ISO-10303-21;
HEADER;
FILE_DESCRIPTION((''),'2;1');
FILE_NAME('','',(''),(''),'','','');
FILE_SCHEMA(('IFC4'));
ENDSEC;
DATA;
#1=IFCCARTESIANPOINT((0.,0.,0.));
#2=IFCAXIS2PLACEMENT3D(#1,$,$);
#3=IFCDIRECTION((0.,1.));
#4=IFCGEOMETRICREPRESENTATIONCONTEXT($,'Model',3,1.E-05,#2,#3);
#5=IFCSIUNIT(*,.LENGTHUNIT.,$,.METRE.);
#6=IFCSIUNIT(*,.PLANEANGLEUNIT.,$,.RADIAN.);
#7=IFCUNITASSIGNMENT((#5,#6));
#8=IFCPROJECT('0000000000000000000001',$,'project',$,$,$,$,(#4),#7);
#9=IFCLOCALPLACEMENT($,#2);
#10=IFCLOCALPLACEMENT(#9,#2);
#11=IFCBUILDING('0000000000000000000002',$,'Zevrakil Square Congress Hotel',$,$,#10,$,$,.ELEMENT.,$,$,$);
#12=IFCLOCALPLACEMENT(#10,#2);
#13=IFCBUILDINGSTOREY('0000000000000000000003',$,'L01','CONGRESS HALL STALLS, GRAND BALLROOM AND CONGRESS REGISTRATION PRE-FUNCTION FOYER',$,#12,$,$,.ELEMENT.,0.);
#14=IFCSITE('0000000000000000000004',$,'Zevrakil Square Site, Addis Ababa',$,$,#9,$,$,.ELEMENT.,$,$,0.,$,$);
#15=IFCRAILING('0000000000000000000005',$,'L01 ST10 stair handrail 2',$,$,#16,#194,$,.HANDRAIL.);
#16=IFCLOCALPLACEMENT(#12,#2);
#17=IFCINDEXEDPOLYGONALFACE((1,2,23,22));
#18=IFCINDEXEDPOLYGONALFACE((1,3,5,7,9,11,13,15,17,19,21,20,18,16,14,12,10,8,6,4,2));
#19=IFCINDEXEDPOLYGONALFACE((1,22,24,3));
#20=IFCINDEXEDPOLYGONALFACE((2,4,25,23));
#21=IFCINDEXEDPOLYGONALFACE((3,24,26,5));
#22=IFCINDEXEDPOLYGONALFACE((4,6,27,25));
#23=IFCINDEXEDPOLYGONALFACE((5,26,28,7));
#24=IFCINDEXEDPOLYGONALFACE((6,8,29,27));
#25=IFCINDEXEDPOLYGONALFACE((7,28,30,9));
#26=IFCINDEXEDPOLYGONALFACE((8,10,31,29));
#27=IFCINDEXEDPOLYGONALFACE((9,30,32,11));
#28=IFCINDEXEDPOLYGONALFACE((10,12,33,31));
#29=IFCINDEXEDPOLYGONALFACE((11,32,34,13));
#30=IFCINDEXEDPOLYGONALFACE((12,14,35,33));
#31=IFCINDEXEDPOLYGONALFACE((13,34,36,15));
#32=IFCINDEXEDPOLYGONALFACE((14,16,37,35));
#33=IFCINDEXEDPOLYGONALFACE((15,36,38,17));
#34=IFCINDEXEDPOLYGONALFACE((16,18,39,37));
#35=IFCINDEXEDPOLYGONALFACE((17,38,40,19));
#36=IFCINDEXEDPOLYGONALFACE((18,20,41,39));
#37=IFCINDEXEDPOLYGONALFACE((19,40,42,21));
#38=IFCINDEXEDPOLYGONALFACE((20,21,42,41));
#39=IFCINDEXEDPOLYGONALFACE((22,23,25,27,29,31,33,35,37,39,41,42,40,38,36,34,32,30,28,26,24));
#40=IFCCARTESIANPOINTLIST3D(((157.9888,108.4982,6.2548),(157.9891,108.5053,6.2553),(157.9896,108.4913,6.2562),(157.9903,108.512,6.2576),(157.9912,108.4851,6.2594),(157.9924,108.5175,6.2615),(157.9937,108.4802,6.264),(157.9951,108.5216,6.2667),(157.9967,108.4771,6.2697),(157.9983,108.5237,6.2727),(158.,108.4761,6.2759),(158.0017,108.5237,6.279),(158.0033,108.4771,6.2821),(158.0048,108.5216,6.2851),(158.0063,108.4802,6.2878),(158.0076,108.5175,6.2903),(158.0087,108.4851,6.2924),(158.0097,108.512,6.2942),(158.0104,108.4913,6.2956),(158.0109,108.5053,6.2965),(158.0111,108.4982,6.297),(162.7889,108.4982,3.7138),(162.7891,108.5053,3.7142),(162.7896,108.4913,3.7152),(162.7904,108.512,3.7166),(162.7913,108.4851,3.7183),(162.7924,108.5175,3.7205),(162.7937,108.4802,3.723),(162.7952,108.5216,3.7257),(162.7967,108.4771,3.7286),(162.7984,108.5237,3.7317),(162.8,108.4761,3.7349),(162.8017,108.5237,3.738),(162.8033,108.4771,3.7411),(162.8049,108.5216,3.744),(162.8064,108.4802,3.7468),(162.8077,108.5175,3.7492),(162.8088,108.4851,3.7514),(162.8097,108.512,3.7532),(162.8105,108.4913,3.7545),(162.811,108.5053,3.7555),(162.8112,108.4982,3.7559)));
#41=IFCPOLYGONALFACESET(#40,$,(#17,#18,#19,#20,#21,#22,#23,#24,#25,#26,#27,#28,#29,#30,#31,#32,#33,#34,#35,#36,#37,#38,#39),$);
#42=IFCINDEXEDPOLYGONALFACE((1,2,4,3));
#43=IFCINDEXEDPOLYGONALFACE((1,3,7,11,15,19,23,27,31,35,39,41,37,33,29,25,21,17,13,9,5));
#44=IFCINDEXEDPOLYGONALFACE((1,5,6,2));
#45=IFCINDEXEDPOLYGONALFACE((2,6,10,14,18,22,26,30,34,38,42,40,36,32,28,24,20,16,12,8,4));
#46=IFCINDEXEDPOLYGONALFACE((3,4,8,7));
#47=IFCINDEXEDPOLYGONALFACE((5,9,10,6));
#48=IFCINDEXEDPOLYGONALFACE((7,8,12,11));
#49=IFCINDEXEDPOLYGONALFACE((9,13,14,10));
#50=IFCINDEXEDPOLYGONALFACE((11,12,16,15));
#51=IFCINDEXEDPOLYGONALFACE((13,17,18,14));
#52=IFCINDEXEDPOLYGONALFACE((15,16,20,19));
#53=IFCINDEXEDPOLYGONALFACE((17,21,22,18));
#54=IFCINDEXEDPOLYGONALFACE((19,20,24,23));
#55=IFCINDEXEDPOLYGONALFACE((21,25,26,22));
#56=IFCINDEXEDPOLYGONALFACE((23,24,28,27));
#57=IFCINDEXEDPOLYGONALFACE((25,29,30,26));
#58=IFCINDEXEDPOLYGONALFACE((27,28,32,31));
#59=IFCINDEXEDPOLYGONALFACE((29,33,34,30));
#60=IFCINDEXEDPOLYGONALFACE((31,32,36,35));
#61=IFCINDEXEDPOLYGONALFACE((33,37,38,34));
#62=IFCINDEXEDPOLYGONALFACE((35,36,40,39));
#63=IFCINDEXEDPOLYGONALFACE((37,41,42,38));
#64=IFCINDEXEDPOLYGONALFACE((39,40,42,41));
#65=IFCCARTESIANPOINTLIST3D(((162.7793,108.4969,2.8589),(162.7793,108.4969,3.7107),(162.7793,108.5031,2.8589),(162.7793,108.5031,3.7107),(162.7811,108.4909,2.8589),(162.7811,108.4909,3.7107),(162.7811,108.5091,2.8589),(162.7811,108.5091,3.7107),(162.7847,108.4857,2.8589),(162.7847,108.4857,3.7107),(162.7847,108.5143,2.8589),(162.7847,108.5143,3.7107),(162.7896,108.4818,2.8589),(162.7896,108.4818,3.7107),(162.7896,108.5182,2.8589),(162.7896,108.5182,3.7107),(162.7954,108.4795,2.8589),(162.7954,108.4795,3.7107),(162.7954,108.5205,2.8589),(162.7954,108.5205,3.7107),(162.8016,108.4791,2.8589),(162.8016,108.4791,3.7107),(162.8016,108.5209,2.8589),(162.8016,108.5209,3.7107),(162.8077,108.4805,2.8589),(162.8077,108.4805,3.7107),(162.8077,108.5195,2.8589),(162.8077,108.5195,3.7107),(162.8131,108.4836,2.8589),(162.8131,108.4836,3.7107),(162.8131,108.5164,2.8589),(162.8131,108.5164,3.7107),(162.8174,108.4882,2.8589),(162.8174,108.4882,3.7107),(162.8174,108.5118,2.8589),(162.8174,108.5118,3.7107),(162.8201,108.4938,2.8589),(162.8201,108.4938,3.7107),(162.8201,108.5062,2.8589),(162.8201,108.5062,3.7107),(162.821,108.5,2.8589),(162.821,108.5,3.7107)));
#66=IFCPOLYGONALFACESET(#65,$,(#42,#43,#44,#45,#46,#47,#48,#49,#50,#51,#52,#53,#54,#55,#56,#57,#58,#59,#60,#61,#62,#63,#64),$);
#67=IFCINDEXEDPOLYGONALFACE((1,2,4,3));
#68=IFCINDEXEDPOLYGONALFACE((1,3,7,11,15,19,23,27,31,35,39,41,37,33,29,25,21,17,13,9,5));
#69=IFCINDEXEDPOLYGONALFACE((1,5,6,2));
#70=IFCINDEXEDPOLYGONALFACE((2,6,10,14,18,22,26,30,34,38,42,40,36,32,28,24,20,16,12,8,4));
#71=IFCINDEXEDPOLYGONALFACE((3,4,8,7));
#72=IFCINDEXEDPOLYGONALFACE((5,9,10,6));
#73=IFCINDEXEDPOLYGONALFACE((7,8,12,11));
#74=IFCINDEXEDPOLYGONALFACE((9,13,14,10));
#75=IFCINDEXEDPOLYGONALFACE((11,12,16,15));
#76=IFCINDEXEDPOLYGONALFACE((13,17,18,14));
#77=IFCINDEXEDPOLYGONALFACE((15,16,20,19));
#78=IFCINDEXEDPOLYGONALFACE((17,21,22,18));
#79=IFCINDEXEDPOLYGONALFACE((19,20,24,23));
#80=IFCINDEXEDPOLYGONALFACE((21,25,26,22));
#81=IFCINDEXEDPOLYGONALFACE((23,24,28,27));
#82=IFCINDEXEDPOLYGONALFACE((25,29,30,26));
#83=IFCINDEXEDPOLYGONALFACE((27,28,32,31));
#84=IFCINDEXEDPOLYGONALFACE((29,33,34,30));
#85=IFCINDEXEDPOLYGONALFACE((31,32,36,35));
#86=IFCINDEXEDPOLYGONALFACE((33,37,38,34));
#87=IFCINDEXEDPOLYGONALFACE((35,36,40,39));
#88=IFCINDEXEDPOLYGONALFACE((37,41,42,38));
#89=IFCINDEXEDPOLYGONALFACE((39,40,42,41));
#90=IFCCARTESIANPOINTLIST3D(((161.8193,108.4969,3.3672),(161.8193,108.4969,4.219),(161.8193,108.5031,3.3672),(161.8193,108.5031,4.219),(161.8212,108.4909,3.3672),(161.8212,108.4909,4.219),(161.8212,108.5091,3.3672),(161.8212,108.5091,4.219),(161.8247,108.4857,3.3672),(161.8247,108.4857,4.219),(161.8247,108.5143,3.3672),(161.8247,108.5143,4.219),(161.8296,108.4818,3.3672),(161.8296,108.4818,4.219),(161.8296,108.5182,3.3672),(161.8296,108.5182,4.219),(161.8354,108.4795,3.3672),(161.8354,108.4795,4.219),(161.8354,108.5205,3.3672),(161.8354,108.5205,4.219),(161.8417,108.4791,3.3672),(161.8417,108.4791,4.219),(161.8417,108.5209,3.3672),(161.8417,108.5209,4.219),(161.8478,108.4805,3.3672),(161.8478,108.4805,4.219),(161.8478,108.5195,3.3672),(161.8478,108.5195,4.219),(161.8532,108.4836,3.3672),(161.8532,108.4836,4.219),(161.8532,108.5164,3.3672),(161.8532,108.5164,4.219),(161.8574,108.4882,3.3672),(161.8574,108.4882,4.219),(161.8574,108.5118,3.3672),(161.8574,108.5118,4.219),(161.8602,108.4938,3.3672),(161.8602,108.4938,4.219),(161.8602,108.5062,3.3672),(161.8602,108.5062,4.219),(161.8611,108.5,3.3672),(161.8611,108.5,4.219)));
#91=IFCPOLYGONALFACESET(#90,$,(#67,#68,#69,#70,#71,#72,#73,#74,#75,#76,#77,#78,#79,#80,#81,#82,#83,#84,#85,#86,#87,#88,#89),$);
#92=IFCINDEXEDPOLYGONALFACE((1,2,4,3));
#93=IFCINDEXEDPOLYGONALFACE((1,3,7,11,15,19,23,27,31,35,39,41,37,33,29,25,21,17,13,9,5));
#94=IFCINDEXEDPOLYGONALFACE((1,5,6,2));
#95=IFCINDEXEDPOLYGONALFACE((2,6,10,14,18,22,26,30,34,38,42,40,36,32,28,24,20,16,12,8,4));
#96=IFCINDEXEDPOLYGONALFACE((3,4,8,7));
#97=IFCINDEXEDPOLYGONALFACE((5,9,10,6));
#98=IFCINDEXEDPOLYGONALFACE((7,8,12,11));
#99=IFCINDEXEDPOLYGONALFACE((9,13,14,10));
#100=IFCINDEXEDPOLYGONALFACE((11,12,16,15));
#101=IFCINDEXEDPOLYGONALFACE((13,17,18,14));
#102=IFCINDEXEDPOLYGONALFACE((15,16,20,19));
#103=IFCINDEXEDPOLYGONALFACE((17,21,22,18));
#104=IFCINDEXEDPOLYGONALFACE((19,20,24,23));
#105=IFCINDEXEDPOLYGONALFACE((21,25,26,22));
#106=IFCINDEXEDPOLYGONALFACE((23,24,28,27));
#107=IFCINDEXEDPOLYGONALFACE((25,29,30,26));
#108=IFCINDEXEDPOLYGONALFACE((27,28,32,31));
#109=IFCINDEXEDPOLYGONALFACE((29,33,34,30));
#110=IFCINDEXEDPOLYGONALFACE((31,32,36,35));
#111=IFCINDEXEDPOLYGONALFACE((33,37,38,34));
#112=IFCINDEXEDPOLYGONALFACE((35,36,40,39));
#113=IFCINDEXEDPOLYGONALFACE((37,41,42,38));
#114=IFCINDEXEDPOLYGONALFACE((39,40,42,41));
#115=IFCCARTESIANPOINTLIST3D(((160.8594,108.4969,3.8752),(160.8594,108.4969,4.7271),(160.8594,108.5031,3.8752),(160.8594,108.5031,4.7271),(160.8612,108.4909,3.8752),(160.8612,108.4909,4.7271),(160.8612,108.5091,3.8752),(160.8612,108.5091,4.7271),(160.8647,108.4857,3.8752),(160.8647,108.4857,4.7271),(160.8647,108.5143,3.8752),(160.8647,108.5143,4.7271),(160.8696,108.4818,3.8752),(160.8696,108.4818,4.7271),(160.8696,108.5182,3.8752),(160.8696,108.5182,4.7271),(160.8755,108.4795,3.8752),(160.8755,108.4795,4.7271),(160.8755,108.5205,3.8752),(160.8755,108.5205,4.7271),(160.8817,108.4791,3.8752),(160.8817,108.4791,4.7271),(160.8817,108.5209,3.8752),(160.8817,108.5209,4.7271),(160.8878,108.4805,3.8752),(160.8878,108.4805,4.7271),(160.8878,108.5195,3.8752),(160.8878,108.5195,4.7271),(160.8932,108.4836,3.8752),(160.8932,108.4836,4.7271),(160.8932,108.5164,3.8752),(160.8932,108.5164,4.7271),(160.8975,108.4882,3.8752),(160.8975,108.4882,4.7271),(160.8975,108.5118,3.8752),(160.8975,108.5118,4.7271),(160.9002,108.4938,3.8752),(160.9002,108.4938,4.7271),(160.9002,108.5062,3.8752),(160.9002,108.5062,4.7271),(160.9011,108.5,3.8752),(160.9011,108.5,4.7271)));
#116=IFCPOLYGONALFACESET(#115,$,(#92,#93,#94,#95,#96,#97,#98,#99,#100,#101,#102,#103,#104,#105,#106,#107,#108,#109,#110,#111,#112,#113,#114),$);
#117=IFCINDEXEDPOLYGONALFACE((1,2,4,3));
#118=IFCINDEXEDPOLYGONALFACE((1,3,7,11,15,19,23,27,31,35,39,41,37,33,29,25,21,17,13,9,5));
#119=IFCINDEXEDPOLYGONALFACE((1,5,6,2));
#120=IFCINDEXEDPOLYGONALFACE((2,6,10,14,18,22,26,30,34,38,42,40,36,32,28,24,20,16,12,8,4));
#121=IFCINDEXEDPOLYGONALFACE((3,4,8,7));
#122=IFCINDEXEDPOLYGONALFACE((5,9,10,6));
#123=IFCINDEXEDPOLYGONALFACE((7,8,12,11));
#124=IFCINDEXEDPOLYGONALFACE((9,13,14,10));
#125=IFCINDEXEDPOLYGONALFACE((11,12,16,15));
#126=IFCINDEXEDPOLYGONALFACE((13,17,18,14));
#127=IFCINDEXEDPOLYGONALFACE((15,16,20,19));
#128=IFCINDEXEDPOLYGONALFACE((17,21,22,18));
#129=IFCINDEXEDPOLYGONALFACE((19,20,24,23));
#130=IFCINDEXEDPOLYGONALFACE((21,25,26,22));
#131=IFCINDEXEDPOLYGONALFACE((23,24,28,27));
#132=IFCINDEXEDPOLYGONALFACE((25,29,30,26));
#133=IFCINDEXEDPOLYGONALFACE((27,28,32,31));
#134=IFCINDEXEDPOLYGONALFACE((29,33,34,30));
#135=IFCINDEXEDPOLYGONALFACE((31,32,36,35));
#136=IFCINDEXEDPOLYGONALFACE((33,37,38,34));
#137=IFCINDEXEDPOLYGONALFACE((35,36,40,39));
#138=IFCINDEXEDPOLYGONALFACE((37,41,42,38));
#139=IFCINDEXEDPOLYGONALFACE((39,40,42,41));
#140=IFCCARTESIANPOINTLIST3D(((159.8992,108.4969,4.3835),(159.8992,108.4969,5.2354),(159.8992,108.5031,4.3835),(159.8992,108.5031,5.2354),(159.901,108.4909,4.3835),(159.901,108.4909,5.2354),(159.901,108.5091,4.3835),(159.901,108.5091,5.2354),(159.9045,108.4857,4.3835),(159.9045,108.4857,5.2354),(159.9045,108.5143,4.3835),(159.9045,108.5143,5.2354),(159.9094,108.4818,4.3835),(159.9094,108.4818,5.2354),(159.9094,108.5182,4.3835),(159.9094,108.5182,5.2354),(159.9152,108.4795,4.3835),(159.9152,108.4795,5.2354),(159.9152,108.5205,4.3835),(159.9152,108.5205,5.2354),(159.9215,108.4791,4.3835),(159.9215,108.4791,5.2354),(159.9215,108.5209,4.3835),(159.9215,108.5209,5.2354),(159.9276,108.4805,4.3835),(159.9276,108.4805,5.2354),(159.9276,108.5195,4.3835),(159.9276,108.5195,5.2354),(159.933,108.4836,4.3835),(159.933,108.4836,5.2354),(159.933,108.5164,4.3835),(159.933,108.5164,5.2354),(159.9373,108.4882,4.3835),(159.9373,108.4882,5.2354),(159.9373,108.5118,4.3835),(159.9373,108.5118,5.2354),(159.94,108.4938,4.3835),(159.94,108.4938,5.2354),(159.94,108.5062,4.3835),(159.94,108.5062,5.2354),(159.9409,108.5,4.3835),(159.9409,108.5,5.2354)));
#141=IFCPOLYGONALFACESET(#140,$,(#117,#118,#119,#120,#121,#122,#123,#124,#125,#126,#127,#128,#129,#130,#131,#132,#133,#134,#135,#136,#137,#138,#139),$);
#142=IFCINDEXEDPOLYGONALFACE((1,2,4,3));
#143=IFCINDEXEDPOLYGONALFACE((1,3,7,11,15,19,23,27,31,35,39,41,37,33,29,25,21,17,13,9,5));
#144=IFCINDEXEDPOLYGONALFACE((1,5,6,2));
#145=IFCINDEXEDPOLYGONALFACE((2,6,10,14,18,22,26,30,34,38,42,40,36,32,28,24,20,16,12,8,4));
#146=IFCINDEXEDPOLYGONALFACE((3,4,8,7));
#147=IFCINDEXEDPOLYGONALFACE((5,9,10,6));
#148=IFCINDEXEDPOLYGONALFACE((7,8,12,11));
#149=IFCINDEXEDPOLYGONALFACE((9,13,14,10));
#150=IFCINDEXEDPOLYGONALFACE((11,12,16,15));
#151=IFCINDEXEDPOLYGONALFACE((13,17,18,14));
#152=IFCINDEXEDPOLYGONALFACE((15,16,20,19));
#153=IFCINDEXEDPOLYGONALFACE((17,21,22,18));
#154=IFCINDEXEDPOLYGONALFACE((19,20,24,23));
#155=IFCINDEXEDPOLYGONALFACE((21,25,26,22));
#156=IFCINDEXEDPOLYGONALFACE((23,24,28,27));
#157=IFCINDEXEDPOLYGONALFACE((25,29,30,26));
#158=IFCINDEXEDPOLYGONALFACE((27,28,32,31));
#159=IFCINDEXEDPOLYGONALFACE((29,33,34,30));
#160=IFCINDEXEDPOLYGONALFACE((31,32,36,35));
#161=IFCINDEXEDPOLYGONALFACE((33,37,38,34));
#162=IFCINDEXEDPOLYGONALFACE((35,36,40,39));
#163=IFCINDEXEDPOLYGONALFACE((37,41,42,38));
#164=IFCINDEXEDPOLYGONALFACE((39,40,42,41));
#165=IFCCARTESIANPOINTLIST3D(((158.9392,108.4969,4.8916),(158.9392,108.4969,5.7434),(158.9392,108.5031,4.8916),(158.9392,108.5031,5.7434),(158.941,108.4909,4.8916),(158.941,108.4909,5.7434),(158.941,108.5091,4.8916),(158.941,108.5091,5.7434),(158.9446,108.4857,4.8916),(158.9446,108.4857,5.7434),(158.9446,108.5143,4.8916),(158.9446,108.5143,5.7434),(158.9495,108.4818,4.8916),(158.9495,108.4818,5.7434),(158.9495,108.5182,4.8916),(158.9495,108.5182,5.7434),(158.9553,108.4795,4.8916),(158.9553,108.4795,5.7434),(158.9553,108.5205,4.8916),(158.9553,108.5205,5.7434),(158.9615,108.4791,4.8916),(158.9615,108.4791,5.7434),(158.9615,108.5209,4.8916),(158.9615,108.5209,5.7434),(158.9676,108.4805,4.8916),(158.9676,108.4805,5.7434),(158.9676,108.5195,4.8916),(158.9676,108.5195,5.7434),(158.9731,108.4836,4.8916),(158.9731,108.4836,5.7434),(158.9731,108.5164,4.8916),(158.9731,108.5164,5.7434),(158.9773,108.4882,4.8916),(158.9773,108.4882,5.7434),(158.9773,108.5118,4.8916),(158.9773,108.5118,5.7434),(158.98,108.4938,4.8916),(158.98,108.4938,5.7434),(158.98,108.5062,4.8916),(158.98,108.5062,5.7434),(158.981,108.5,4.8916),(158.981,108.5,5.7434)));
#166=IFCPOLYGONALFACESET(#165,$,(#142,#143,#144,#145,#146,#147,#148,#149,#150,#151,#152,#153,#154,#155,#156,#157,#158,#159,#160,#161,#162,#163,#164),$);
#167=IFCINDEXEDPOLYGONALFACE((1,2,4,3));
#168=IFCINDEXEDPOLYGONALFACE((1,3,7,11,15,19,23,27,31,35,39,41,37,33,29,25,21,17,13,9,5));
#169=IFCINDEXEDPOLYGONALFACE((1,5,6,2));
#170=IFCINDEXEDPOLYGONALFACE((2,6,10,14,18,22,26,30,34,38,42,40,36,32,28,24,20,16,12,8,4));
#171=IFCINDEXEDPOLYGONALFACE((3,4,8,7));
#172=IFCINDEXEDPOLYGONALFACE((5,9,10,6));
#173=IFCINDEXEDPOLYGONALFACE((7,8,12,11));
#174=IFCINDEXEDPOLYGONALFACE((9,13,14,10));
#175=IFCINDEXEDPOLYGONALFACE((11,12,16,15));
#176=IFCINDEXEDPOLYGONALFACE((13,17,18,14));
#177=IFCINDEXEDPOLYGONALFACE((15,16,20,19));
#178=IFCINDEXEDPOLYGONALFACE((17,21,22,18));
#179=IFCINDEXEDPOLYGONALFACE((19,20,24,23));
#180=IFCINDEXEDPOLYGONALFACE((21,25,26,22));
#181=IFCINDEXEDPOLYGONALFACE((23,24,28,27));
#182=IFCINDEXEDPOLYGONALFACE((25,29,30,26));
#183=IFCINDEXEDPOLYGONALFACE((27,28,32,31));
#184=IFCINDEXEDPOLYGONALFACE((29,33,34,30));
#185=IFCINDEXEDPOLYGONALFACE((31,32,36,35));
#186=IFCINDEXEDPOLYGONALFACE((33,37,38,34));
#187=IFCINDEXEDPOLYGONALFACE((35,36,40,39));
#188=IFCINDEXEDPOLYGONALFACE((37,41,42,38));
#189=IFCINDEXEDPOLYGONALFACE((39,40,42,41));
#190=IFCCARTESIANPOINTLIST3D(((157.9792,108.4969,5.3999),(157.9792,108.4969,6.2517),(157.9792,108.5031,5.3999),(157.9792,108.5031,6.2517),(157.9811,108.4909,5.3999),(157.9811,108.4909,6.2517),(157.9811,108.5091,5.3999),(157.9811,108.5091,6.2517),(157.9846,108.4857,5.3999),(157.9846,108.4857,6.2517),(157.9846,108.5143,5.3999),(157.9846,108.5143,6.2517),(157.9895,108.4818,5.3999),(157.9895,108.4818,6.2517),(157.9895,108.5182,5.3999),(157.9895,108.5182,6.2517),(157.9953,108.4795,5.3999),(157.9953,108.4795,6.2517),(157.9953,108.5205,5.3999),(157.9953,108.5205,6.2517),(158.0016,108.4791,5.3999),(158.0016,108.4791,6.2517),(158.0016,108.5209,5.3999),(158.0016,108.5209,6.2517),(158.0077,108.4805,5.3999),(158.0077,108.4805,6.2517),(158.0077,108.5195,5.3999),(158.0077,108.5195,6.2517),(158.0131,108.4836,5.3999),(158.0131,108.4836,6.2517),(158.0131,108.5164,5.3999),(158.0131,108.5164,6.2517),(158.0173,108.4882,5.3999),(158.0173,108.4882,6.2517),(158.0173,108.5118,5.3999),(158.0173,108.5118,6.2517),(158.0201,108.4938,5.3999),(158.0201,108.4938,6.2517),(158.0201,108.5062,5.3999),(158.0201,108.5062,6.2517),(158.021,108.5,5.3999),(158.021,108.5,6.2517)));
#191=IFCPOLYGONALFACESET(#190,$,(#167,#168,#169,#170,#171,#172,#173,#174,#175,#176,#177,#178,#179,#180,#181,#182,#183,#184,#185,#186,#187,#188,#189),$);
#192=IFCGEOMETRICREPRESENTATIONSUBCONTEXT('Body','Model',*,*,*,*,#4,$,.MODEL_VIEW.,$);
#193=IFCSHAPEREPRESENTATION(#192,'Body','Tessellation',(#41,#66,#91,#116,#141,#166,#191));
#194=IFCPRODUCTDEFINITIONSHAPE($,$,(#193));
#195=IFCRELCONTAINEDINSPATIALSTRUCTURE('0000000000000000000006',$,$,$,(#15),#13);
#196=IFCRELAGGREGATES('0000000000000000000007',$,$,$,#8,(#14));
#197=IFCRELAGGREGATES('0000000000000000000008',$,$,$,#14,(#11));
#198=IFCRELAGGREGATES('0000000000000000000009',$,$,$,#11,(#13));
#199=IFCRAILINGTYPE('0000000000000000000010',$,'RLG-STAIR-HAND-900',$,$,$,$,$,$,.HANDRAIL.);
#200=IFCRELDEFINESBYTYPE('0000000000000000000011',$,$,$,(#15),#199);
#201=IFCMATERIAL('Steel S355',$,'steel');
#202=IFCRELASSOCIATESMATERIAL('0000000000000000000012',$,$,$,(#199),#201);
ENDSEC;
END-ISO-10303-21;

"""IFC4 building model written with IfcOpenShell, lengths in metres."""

from ifc_helpers import new_model, si_unit, direction, frame, origin, origin_2d, place, context, subcontext, project, spatial, circle, extrude, material, type_object, element, save


model = new_model("IFC4")

# Units and contexts
model_context = context("Model", 3, precision=1e-05, world=origin(), true_north=direction((0.0, 1.0)))
body_context = subcontext(model_context, "Body", "Model", "MODEL_VIEW")
ifc_project = project(units=[si_unit("LENGTHUNIT", "METRE"), si_unit("PLANEANGLEUNIT", "RADIAN")], contexts=[model_context])

# Site, building, storey
site_placement = place(None, origin())
site = spatial("IfcSite", under=ifc_project, at=site_placement, Name="Zevrakil Square Site, Addis Ababa", CompositionType="ELEMENT", RefElevation=0.0)
building_placement = place(site_placement, origin())
building = spatial("IfcBuilding", under=site, at=building_placement, Name="Zevrakil Square Congress Hotel", CompositionType="ELEMENT")
storey_placement = place(building_placement, origin())
storey = spatial("IfcBuildingStorey", under=building, at=storey_placement, Name="L01", Description="CONGRESS HALL STALLS, GRAND BALLROOM AND CONGRESS REGISTRATION PRE-FUNCTION FOYER", CompositionType="ELEMENT", Elevation=0.0)

# Railing
ifc_material_1 = material(Name="Steel S355", Category="steel")
railing_type_1 = type_object("IfcRailingType", Name="RLG-STAIR-HAND-900", PredefinedType="HANDRAIL", material=ifc_material_1)
railing_1_placement = place(storey_placement, frame((162.8, 108.5, 2.8589)))
element("IfcRailing", 1, at=railing_1_placement, inside=storey, type_object=railing_type_1, Name="L01 ST10 stair handrail 2", PredefinedType="HANDRAIL", context=body_context, shape_type="SweptSolid", body=[
    extrude(circle(Radius=0.0239, at=origin_2d()), frame((0.0, 0.0, 0.876), z_axis=(-0.883802, 0.0, 0.467861), x_axis=(0.0, -1.0, 0.0)), (0.0, 0.0, 1.0), 5.4312),
    extrude(circle(Radius=0.021, at=origin_2d()), origin(), (0.0, 0.0, 1.0), 0.8518),
    extrude(circle(Radius=0.021, at=origin_2d()), frame((-0.96, 0.0, 0.5083)), (0.0, 0.0, 1.0), 0.8518),
    extrude(circle(Radius=0.021, at=origin_2d()), frame((-1.9199, 0.0, 1.0164)), (0.0, 0.0, 1.0), 0.8518),
    extrude(circle(Radius=0.021, at=origin_2d()), frame((-2.8801, 0.0, 1.5247)), (0.0, 0.0, 1.0), 0.8518),
    extrude(circle(Radius=0.021, at=origin_2d()), frame((-3.8401, 0.0, 2.0327)), (0.0, 0.0, 1.0), 0.8518),
    extrude(circle(Radius=0.021, at=origin_2d()), frame((-4.8, 0.0, 2.541)), (0.0, 0.0, 1.0), 0.8518),
])

save(model, "model.ifc")
